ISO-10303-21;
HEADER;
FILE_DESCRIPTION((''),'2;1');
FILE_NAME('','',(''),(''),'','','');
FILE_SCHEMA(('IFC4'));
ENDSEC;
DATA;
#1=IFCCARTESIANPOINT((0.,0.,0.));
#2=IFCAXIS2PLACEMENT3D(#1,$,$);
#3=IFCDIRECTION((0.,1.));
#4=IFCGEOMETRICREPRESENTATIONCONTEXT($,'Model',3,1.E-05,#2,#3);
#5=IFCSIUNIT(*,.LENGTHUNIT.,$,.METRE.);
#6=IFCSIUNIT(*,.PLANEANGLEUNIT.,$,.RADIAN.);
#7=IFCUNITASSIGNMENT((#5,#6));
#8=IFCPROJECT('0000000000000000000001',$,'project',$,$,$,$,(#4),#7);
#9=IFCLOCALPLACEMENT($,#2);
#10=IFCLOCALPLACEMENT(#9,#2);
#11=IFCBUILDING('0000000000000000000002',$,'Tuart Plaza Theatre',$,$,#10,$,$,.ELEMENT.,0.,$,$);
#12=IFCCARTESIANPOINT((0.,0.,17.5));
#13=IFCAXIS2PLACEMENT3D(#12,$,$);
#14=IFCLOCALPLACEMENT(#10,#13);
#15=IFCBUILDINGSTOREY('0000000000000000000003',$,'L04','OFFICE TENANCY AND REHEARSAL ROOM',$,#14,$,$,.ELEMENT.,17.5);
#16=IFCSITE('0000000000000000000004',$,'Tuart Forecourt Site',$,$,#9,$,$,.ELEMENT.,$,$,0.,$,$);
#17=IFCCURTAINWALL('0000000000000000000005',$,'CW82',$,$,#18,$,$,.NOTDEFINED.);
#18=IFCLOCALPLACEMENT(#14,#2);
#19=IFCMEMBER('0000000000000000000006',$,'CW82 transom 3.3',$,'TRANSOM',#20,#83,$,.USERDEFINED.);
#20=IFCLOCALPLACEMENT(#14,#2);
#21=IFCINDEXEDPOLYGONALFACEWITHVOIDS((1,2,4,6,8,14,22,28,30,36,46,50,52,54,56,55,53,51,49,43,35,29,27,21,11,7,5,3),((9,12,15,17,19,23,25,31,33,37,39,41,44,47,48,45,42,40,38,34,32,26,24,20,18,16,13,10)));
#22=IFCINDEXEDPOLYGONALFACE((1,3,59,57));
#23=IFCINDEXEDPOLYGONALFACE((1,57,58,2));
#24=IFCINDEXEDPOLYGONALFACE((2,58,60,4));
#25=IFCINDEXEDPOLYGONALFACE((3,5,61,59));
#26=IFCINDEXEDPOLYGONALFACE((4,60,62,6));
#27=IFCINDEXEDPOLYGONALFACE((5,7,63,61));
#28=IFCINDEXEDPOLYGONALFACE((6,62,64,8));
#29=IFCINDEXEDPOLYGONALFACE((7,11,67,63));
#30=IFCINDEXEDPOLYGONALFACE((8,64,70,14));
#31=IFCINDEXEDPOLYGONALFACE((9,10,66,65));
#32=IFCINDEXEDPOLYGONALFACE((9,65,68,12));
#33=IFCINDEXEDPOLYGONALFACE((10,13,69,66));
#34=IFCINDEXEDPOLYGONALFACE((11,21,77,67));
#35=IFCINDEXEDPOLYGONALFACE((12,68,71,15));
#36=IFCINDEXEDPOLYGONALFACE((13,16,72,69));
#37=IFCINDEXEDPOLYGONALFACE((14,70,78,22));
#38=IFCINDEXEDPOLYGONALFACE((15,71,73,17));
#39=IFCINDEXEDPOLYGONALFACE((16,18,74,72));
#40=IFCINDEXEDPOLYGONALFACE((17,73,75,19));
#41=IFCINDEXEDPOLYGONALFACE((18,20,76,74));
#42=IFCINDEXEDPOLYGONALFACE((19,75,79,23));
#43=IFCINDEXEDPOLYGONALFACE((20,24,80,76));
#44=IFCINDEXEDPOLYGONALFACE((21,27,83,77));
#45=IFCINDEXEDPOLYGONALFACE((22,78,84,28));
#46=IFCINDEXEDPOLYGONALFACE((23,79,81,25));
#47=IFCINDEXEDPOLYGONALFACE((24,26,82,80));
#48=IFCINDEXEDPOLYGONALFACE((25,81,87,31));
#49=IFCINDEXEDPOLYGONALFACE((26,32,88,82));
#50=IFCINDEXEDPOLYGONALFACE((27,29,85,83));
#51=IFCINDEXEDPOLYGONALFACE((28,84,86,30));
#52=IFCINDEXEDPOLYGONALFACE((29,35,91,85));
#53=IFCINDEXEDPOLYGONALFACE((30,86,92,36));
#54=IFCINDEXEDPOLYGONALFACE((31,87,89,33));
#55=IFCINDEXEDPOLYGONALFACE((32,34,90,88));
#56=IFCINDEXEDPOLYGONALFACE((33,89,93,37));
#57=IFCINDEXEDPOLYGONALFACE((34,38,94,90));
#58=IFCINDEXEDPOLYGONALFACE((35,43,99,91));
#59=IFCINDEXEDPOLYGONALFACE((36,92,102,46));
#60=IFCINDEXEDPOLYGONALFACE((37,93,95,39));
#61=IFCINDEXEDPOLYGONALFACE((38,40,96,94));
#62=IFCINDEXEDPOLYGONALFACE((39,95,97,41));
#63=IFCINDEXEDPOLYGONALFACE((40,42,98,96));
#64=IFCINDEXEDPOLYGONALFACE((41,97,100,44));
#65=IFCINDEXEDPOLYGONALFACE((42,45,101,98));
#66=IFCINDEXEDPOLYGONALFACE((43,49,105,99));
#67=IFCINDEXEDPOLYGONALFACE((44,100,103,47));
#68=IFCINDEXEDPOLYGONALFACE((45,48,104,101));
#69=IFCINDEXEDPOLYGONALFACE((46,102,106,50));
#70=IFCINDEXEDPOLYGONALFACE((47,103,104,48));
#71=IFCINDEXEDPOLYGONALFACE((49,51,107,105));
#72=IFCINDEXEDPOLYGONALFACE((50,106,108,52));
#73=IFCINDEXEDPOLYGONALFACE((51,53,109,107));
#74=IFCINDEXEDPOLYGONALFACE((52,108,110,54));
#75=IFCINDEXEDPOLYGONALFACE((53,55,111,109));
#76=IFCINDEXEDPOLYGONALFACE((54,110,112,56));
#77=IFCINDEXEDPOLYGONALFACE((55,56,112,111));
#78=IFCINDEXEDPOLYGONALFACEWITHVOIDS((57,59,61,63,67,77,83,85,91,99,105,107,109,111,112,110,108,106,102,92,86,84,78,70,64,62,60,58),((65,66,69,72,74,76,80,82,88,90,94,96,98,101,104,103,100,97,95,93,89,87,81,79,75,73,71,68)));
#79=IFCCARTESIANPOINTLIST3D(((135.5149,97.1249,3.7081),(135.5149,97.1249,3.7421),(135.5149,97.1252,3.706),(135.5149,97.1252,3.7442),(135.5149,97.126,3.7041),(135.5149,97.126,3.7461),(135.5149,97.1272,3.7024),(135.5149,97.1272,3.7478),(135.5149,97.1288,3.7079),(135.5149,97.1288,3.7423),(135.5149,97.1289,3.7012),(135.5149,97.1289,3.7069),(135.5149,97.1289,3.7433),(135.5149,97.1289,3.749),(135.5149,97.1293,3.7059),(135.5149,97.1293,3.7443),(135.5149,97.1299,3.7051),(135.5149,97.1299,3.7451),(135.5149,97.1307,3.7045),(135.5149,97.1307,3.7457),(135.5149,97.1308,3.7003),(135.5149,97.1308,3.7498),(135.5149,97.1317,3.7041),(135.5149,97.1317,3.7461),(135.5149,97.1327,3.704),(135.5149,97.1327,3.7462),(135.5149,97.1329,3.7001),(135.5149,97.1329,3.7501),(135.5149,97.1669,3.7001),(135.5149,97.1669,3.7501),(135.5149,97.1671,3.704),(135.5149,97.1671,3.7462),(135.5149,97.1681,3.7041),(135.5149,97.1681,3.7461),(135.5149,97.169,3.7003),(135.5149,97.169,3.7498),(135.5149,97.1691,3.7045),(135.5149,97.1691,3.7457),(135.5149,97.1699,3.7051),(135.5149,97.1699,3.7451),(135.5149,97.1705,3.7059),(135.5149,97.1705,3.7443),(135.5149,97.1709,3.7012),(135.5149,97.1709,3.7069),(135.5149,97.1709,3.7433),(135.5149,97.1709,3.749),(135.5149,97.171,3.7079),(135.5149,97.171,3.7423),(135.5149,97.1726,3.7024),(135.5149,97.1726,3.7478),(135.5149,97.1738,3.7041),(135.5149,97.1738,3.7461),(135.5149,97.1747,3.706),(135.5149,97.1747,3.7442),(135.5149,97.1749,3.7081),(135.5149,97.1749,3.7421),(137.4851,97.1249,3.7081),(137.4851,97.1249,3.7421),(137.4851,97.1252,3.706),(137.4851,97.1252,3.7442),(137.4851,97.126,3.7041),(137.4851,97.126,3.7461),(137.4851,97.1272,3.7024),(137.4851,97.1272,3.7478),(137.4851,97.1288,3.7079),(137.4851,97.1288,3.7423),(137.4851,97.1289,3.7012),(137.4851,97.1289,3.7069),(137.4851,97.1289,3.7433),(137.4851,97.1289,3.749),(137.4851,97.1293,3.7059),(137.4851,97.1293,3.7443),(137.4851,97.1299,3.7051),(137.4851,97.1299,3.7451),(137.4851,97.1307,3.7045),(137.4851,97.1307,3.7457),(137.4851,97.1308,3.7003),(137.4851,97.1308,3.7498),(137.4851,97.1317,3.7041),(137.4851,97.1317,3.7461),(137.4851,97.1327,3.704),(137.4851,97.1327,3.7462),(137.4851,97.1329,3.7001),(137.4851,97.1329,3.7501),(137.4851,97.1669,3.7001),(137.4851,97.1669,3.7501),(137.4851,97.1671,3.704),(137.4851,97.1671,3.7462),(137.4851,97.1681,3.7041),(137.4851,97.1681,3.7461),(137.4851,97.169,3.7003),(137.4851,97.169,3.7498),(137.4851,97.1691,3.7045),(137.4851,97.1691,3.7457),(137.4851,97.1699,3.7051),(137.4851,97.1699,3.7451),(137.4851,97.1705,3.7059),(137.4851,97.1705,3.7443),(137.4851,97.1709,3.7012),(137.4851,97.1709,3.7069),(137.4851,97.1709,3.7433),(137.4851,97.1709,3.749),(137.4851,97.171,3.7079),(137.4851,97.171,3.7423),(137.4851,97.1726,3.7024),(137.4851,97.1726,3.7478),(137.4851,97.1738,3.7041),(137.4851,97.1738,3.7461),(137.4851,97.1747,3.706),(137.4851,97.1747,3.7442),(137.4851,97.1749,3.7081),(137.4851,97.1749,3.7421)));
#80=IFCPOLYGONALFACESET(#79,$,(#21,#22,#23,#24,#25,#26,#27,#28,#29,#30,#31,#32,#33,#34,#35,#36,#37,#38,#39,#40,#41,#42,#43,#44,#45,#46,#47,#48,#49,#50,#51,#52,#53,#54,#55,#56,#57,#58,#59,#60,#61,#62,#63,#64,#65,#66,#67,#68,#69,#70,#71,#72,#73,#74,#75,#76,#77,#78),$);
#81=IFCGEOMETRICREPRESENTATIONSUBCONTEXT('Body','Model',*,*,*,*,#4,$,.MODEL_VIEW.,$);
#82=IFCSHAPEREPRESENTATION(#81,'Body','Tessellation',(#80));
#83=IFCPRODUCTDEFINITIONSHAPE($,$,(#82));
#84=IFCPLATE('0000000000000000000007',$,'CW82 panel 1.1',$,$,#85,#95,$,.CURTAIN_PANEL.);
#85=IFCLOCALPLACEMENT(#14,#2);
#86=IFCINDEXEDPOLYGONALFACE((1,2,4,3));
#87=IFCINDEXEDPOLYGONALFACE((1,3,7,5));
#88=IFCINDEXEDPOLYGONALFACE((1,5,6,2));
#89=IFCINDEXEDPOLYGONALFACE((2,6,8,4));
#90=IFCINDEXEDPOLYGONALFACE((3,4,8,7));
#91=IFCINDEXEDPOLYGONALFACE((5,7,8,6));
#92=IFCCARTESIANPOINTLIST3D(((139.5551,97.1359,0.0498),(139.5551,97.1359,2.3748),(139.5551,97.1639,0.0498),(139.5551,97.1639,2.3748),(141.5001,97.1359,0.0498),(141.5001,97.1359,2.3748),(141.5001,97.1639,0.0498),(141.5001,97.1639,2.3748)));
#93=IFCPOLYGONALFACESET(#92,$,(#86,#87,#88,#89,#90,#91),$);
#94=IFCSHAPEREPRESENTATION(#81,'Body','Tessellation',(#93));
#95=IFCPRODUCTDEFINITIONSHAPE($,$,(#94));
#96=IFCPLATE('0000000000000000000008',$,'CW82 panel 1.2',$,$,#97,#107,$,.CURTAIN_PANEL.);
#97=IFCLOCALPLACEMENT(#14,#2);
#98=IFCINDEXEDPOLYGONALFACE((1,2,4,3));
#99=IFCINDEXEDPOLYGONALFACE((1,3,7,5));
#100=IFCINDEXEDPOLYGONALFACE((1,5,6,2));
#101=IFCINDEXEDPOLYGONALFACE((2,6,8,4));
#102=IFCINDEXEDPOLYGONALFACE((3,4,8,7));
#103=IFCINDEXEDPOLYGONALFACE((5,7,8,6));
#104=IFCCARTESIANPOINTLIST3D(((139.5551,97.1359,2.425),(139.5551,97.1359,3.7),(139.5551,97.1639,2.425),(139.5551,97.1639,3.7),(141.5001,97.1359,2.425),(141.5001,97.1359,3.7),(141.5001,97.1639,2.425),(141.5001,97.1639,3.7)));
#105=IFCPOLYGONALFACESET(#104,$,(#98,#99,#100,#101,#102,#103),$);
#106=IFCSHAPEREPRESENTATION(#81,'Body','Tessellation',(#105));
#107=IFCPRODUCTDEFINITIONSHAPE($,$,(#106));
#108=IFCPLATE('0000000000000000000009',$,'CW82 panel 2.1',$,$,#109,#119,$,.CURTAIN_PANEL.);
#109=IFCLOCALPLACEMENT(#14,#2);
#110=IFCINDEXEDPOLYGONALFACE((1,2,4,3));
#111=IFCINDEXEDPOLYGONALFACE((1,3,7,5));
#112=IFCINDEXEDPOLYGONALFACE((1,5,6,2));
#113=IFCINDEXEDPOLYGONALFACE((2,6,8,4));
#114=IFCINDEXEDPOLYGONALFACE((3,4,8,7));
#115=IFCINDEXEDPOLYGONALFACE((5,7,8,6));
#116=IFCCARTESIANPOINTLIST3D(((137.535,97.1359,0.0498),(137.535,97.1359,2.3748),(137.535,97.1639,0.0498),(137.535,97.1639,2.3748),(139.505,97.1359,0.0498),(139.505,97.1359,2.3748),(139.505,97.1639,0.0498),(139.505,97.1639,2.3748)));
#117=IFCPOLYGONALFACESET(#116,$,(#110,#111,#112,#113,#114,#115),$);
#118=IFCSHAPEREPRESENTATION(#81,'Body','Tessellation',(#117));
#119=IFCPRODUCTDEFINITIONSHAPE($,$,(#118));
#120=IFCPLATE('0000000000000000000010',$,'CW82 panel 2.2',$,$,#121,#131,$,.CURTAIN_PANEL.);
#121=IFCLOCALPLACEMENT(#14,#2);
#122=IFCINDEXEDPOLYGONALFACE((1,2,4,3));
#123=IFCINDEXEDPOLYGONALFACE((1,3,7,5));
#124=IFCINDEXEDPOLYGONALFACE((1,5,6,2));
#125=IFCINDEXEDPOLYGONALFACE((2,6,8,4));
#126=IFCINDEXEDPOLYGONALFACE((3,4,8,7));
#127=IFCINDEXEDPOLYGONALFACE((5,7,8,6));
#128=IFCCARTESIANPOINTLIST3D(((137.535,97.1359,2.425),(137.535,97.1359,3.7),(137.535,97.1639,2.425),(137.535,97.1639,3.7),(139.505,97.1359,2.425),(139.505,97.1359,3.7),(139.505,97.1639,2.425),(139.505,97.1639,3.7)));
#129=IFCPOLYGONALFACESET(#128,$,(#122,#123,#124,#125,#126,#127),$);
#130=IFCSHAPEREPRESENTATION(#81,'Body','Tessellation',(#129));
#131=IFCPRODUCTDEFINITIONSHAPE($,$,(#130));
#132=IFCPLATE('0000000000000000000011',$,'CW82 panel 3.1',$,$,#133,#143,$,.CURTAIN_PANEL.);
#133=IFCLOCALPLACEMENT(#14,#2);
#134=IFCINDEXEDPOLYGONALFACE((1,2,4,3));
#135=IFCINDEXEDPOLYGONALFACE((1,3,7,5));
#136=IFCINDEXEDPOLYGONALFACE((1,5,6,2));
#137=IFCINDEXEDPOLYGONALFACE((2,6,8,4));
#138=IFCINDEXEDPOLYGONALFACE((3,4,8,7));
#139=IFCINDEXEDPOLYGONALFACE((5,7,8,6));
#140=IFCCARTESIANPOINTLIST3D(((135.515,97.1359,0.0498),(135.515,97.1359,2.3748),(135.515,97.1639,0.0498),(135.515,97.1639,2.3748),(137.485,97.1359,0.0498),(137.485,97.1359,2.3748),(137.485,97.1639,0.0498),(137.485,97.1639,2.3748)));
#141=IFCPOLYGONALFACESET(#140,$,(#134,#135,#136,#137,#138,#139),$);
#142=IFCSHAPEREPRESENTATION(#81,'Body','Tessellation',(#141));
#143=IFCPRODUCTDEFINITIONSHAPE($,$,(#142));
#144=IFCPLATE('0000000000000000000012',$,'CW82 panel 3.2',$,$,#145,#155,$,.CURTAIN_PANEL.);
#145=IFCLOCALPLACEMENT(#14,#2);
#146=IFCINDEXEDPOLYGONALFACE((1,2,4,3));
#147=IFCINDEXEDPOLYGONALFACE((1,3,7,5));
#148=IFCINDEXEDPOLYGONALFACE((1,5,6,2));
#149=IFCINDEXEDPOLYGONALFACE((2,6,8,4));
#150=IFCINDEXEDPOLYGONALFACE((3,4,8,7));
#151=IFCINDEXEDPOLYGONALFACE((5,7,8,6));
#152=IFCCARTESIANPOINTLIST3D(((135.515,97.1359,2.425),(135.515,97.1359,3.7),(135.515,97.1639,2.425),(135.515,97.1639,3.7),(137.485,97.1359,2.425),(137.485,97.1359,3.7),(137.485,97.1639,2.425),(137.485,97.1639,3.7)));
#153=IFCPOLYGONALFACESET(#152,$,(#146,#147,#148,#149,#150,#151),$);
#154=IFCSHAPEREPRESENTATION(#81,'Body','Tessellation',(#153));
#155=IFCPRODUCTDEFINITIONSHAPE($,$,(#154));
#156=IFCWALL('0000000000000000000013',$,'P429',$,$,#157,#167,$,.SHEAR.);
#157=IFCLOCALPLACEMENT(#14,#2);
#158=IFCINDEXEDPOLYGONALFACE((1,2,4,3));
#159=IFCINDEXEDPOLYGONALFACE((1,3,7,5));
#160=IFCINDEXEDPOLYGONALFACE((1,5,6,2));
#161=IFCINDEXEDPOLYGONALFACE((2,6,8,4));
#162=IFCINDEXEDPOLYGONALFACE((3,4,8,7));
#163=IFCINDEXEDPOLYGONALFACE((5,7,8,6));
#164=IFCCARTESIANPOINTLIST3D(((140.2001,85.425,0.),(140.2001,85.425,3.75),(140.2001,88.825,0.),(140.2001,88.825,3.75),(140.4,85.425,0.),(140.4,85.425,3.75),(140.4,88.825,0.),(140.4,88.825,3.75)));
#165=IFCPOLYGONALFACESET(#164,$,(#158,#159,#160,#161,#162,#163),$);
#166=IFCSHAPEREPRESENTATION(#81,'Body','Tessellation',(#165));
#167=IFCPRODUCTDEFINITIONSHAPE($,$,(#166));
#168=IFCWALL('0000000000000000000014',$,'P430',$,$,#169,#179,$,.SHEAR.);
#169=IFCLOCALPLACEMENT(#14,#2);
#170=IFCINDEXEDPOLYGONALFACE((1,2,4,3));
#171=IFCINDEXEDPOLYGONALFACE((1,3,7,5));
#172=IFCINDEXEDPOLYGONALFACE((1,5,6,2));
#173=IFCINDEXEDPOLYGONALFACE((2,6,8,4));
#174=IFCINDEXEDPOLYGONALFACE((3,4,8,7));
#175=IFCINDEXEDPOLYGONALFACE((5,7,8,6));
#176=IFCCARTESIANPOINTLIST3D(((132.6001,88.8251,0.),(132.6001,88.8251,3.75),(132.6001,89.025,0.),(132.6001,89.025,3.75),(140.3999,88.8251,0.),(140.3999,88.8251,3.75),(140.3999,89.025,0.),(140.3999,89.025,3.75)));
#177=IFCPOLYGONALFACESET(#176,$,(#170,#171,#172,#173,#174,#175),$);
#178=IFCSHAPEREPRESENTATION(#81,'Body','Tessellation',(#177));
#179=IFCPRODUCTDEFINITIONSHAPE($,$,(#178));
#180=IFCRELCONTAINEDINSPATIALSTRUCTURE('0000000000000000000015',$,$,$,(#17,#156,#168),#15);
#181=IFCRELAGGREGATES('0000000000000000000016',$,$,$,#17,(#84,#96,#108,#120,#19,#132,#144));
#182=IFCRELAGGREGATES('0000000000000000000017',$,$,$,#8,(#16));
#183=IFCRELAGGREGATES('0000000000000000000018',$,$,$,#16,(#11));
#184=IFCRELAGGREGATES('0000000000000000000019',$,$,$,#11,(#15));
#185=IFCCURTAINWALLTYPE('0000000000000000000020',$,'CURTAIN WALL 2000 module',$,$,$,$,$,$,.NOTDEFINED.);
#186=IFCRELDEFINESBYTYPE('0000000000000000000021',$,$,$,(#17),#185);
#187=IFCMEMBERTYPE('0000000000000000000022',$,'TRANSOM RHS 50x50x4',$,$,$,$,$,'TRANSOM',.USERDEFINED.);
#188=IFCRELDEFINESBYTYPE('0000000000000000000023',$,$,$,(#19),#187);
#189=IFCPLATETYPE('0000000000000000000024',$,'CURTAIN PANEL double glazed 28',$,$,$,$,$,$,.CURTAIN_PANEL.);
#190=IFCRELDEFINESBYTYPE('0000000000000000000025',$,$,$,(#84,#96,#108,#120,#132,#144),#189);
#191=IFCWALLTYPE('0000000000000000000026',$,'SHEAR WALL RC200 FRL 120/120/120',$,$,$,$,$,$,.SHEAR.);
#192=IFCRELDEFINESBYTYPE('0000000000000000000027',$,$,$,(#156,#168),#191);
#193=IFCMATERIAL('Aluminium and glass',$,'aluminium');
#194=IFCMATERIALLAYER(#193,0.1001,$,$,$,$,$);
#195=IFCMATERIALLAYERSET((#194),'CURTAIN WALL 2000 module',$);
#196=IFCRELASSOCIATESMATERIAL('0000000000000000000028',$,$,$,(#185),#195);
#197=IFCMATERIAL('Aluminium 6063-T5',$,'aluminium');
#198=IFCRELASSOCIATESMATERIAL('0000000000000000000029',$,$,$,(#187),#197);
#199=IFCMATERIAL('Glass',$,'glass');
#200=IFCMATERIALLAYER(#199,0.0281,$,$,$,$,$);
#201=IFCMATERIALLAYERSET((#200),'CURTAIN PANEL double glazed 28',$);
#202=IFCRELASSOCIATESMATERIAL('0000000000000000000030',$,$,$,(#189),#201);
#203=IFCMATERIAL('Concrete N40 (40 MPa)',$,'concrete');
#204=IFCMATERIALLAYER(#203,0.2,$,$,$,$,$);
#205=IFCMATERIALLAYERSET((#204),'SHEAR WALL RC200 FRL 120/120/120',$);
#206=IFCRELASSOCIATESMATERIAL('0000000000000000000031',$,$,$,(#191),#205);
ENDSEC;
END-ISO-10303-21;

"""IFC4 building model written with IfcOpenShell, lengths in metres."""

from ifc_helpers import new_model, si_unit, direction, frame, frame_2d, origin, origin_2d, place, context, subcontext, project, spatial, rectangle, hollow_rectangle, extrude, material, layer, layer_set, material_profile, profile_set, type_object, element, aggregate, save


model = new_model("IFC4")

# Units and contexts
model_context = context("Model", 3, precision=1e-05, world=origin(), true_north=direction((0.0, 1.0)))
body_context = subcontext(model_context, "Body", "Model", "MODEL_VIEW")
ifc_project = project(units=[si_unit("LENGTHUNIT", "METRE"), si_unit("PLANEANGLEUNIT", "RADIAN")], contexts=[model_context])

# Site, building, storey
site_placement = place(None, origin())
site = spatial("IfcSite", under=ifc_project, at=site_placement, Name="Tuart Forecourt Site", CompositionType="ELEMENT", RefElevation=0.0)
building_placement = place(site_placement, origin())
building = spatial("IfcBuilding", under=site, at=building_placement, Name="Tuart Plaza Theatre", CompositionType="ELEMENT", ElevationOfRefHeight=0.0)
storey_placement = place(building_placement, frame((0.0, 0.0, 17.5)))
storey = spatial("IfcBuildingStorey", under=building, at=storey_placement, Name="L04", Description="OFFICE TENANCY AND REHEARSAL ROOM", CompositionType="ELEMENT", Elevation=17.5)

# Shared definitions
ifc_material_1 = material(Name="Aluminium and glass", Category="aluminium")
ifc_layer_1 = layer(ifc_material_1, 0.1001)
ifc_layer_set_1 = layer_set([ifc_layer_1], Name="CURTAIN WALL 2000 module")
curtain_wall_type = type_object("IfcCurtainWallType", Name="CURTAIN WALL 2000 module", PredefinedType="NOTDEFINED", material=ifc_layer_set_1)

# Curtain wall
curtain_wall_1_placement = place(storey_placement, origin())
curtain_wall_1 = element("IfcCurtainWall", 1, at=curtain_wall_1_placement, inside=storey, type_object=curtain_wall_type, Name="CW82", PredefinedType="NOTDEFINED")

# Member
ifc_material_2 = material(Name="Aluminium 6063-T5", Category="aluminium")
ifc_material_profile_1 = material_profile(ifc_material_2, hollow_rectangle(XDim=0.05, YDim=0.05, WallThickness=0.0039, InnerFilletRadius=0.0039, OuterFilletRadius=0.0081, at=origin_2d()), Name="RHS 50x50x4")
ifc_profile_set_1 = profile_set([ifc_material_profile_1], Name="Aluminium 6063-T5")
member_type_1 = type_object("IfcMemberType", Name="TRANSOM RHS 50x50x4", ElementType="TRANSOM", PredefinedType="USERDEFINED", material=ifc_profile_set_1)
member_1_placement = place(storey_placement, frame((137.4851, 97.1499, 3.7251), z_axis=(-1.0, 0.0, 0.0), x_axis=(0.0, -1.0, 0.0)))
member_1 = element("IfcMember", 2, at=member_1_placement, type_object=member_type_1, Name="CW82 transom 3.3", ObjectType="TRANSOM", PredefinedType="USERDEFINED", context=body_context, shape_type="SweptSolid", body=[
    extrude(hollow_rectangle(XDim=0.05, YDim=0.05, WallThickness=0.0039, InnerFilletRadius=0.0039, OuterFilletRadius=0.0081, at=origin_2d()), origin(), (0.0, 0.0, 1.0), 1.9702),
])

# Plates
ifc_material_3 = material(Name="Glass", Category="glass")
ifc_layer_2 = layer(ifc_material_3, 0.0281)
ifc_layer_set_2 = layer_set([ifc_layer_2], Name="CURTAIN PANEL double glazed 28")
plate_type = type_object("IfcPlateType", Name="CURTAIN PANEL double glazed 28", PredefinedType="CURTAIN_PANEL", material=ifc_layer_set_2)
plate_1_placement = place(storey_placement, frame((140.5276, 97.1499, 0.0498), z_axis=(0.0, 0.0, 1.0), x_axis=(-1.0, 0.0, 0.0)))
plate_1 = element("IfcPlate", 3, at=plate_1_placement, type_object=plate_type, Name="CW82 panel 1.1", PredefinedType="CURTAIN_PANEL", context=body_context, shape_type="SweptSolid", body=[
    extrude(rectangle(XDim=1.9451, YDim=0.0281, at=origin_2d()), origin(), (0.0, 0.0, 1.0), 2.325),
])
plate_2_placement = place(storey_placement, frame((140.5276, 97.1499, 2.425), z_axis=(0.0, 0.0, 1.0), x_axis=(-1.0, 0.0, 0.0)))
plate_2 = element("IfcPlate", 4, at=plate_2_placement, type_object=plate_type, Name="CW82 panel 1.2", PredefinedType="CURTAIN_PANEL", context=body_context, shape_type="SweptSolid", body=[
    extrude(rectangle(XDim=1.9451, YDim=0.0281, at=origin_2d()), origin(), (0.0, 0.0, 1.0), 1.2749),
])
plate_3_placement = place(storey_placement, frame((138.52, 97.1499, 0.0498), z_axis=(0.0, 0.0, 1.0), x_axis=(-1.0, 0.0, 0.0)))
plate_3 = element("IfcPlate", 5, at=plate_3_placement, type_object=plate_type, Name="CW82 panel 2.1", PredefinedType="CURTAIN_PANEL", context=body_context, shape_type="SweptSolid", body=[
    extrude(rectangle(XDim=1.97, YDim=0.0281, at=origin_2d()), origin(), (0.0, 0.0, 1.0), 2.325),
])
plate_4_placement = place(storey_placement, frame((138.52, 97.1499, 2.425), z_axis=(0.0, 0.0, 1.0), x_axis=(-1.0, 0.0, 0.0)))
plate_4 = element("IfcPlate", 6, at=plate_4_placement, type_object=plate_type, Name="CW82 panel 2.2", PredefinedType="CURTAIN_PANEL", context=body_context, shape_type="SweptSolid", body=[
    extrude(rectangle(XDim=1.97, YDim=0.0281, at=origin_2d()), origin(), (0.0, 0.0, 1.0), 1.2749),
])
plate_5_placement = place(storey_placement, frame((136.5, 97.1499, 0.0498), z_axis=(0.0, 0.0, 1.0), x_axis=(-1.0, 0.0, 0.0)))
plate_5 = element("IfcPlate", 7, at=plate_5_placement, type_object=plate_type, Name="CW82 panel 3.1", PredefinedType="CURTAIN_PANEL", context=body_context, shape_type="SweptSolid", body=[
    extrude(rectangle(XDim=1.97, YDim=0.0281, at=origin_2d()), origin(), (0.0, 0.0, 1.0), 2.325),
])
plate_6_placement = place(storey_placement, frame((136.5, 97.1499, 2.425), z_axis=(0.0, 0.0, 1.0), x_axis=(-1.0, 0.0, 0.0)))
plate_6 = element("IfcPlate", 8, at=plate_6_placement, type_object=plate_type, Name="CW82 panel 3.2", PredefinedType="CURTAIN_PANEL", context=body_context, shape_type="SweptSolid", body=[
    extrude(rectangle(XDim=1.97, YDim=0.0281, at=origin_2d()), origin(), (0.0, 0.0, 1.0), 1.2749),
])
aggregate(curtain_wall_1, [plate_1, plate_2, plate_3, plate_4, member_1, plate_5, plate_6])

# Walls
ifc_material_4 = material(Name="Concrete N40 (40 MPa)", Category="concrete")
ifc_layer_3 = layer(ifc_material_4, 0.2)
ifc_layer_set_3 = layer_set([ifc_layer_3], Name="SHEAR WALL RC200 FRL 120/120/120")
wall_type = type_object("IfcWallType", Name="SHEAR WALL RC200 FRL 120/120/120", PredefinedType="SHEAR", material=ifc_layer_set_3)
wall_1_placement = place(storey_placement, frame((140.3, 85.425, 0.0), z_axis=(0.0, 0.0, 1.0), x_axis=(0.0, 1.0, 0.0)))
element("IfcWall", 9, at=wall_1_placement, inside=storey, type_object=wall_type, Name="P429", PredefinedType="SHEAR", context=body_context, shape_type="SweptSolid", body=[
    extrude(rectangle(XDim=3.3999, YDim=0.2, at=frame_2d((1.7, 0.0))), origin(), (0.0, 0.0, 1.0), 3.75),
])
wall_2_placement = place(storey_placement, frame((140.3999, 88.925, 0.0), z_axis=(0.0, 0.0, 1.0), x_axis=(-1.0, 0.0, 0.0)))
element("IfcWall", 10, at=wall_2_placement, inside=storey, type_object=wall_type, Name="P430", PredefinedType="SHEAR", context=body_context, shape_type="SweptSolid", body=[
    extrude(rectangle(XDim=7.7998, YDim=0.2, at=frame_2d((3.8999, 0.0))), origin(), (0.0, 0.0, 1.0), 3.75),
])

save(model, "model.ifc")
